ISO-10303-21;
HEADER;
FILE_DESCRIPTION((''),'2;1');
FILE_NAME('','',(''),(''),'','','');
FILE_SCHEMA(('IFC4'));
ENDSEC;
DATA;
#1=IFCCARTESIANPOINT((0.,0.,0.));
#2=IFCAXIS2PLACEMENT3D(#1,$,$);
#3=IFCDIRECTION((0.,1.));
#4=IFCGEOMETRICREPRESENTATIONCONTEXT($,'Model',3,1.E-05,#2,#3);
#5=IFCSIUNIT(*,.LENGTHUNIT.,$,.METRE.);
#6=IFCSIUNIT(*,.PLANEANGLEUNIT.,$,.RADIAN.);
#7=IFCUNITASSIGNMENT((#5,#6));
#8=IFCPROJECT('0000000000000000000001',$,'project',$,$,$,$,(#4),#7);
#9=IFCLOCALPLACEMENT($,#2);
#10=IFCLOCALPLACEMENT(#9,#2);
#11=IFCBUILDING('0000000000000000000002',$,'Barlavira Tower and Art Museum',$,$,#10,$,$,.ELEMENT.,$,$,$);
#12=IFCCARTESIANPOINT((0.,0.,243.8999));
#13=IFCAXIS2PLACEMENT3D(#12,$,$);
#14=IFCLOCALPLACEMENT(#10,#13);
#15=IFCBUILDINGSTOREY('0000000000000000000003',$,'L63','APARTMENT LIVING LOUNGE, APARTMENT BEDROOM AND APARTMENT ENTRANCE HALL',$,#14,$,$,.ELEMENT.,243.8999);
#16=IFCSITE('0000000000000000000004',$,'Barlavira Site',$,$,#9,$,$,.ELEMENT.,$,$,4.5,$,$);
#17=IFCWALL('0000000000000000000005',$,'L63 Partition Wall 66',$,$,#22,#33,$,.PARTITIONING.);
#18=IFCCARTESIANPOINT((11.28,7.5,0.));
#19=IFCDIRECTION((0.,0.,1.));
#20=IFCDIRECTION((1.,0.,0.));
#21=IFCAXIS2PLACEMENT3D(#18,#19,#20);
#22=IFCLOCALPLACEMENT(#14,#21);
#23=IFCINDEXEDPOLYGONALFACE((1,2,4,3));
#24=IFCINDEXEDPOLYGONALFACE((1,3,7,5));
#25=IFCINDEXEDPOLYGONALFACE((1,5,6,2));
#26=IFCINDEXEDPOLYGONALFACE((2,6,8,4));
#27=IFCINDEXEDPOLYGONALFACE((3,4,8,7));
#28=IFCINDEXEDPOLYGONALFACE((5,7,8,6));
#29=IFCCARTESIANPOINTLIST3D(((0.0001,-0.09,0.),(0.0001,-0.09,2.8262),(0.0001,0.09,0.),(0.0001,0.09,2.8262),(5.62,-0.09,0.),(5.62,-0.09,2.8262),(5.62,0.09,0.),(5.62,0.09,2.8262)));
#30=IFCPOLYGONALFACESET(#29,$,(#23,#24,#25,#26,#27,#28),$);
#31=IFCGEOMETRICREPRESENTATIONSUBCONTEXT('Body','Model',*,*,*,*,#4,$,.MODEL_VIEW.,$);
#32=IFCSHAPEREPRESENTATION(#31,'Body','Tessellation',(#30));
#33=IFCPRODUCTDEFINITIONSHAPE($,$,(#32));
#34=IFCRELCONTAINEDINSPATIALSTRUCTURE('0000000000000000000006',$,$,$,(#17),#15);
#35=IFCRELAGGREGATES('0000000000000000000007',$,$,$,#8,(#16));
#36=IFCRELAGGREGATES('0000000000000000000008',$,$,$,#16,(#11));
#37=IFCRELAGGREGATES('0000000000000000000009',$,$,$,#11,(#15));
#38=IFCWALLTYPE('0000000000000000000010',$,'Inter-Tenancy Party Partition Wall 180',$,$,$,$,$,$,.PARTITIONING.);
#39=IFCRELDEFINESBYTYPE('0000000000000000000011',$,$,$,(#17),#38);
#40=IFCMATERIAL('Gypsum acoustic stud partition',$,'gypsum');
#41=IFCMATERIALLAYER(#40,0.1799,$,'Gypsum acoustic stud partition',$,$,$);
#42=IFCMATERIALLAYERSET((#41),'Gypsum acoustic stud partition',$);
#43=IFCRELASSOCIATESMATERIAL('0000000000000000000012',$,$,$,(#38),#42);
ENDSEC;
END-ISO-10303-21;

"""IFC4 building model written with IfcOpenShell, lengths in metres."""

from ifc_helpers import new_model, si_unit, direction, frame, frame_2d, origin, place, context, subcontext, project, spatial, rectangle, extrude, material, layer, layer_set, type_object, element, save


model = new_model("IFC4")

# Units and contexts
model_context = context("Model", 3, precision=1e-05, world=origin(), true_north=direction((0.0, 1.0)))
body_context = subcontext(model_context, "Body", "Model", "MODEL_VIEW")
ifc_project = project(units=[si_unit("LENGTHUNIT", "METRE"), si_unit("PLANEANGLEUNIT", "RADIAN")], contexts=[model_context])

# Site, building, storey
site_placement = place(None, origin())
site = spatial("IfcSite", under=ifc_project, at=site_placement, Name="Barlavira Site", CompositionType="ELEMENT", RefElevation=4.5)
building_placement = place(site_placement, origin())
building = spatial("IfcBuilding", under=site, at=building_placement, Name="Barlavira Tower and Art Museum", CompositionType="ELEMENT")
storey_placement = place(building_placement, frame((0.0, 0.0, 243.8999)))
storey = spatial("IfcBuildingStorey", under=building, at=storey_placement, Name="L63", Description="APARTMENT LIVING LOUNGE, APARTMENT BEDROOM AND APARTMENT ENTRANCE HALL", CompositionType="ELEMENT", Elevation=243.8999)

# Shared definitions
ifc_material_1 = material(Name="Gypsum acoustic stud partition", Category="gypsum")

# Wall
ifc_layer_1 = layer(ifc_material_1, 0.1799, Name="Gypsum acoustic stud partition")
ifc_layer_set_1 = layer_set([ifc_layer_1], Name="Gypsum acoustic stud partition")
wall_type_1 = type_object("IfcWallType", Name="Inter-Tenancy Party Partition Wall 180", PredefinedType="PARTITIONING", material=ifc_layer_set_1)
wall_1_placement = place(storey_placement, frame((11.28, 7.5, 0.0), z_axis=(0.0, 0.0, 1.0), x_axis=(1.0, 0.0, 0.0)))
element("IfcWall", 1, at=wall_1_placement, inside=storey, type_object=wall_type_1, Name="L63 Partition Wall 66", PredefinedType="PARTITIONING", context=body_context, shape_type="SweptSolid", body=[
    extrude(rectangle(XDim=5.6199, YDim=0.1799, at=frame_2d((2.8101, 0.0))), origin(), (0.0, 0.0, 1.0), 2.8262),
])

save(model, "model.ifc")
